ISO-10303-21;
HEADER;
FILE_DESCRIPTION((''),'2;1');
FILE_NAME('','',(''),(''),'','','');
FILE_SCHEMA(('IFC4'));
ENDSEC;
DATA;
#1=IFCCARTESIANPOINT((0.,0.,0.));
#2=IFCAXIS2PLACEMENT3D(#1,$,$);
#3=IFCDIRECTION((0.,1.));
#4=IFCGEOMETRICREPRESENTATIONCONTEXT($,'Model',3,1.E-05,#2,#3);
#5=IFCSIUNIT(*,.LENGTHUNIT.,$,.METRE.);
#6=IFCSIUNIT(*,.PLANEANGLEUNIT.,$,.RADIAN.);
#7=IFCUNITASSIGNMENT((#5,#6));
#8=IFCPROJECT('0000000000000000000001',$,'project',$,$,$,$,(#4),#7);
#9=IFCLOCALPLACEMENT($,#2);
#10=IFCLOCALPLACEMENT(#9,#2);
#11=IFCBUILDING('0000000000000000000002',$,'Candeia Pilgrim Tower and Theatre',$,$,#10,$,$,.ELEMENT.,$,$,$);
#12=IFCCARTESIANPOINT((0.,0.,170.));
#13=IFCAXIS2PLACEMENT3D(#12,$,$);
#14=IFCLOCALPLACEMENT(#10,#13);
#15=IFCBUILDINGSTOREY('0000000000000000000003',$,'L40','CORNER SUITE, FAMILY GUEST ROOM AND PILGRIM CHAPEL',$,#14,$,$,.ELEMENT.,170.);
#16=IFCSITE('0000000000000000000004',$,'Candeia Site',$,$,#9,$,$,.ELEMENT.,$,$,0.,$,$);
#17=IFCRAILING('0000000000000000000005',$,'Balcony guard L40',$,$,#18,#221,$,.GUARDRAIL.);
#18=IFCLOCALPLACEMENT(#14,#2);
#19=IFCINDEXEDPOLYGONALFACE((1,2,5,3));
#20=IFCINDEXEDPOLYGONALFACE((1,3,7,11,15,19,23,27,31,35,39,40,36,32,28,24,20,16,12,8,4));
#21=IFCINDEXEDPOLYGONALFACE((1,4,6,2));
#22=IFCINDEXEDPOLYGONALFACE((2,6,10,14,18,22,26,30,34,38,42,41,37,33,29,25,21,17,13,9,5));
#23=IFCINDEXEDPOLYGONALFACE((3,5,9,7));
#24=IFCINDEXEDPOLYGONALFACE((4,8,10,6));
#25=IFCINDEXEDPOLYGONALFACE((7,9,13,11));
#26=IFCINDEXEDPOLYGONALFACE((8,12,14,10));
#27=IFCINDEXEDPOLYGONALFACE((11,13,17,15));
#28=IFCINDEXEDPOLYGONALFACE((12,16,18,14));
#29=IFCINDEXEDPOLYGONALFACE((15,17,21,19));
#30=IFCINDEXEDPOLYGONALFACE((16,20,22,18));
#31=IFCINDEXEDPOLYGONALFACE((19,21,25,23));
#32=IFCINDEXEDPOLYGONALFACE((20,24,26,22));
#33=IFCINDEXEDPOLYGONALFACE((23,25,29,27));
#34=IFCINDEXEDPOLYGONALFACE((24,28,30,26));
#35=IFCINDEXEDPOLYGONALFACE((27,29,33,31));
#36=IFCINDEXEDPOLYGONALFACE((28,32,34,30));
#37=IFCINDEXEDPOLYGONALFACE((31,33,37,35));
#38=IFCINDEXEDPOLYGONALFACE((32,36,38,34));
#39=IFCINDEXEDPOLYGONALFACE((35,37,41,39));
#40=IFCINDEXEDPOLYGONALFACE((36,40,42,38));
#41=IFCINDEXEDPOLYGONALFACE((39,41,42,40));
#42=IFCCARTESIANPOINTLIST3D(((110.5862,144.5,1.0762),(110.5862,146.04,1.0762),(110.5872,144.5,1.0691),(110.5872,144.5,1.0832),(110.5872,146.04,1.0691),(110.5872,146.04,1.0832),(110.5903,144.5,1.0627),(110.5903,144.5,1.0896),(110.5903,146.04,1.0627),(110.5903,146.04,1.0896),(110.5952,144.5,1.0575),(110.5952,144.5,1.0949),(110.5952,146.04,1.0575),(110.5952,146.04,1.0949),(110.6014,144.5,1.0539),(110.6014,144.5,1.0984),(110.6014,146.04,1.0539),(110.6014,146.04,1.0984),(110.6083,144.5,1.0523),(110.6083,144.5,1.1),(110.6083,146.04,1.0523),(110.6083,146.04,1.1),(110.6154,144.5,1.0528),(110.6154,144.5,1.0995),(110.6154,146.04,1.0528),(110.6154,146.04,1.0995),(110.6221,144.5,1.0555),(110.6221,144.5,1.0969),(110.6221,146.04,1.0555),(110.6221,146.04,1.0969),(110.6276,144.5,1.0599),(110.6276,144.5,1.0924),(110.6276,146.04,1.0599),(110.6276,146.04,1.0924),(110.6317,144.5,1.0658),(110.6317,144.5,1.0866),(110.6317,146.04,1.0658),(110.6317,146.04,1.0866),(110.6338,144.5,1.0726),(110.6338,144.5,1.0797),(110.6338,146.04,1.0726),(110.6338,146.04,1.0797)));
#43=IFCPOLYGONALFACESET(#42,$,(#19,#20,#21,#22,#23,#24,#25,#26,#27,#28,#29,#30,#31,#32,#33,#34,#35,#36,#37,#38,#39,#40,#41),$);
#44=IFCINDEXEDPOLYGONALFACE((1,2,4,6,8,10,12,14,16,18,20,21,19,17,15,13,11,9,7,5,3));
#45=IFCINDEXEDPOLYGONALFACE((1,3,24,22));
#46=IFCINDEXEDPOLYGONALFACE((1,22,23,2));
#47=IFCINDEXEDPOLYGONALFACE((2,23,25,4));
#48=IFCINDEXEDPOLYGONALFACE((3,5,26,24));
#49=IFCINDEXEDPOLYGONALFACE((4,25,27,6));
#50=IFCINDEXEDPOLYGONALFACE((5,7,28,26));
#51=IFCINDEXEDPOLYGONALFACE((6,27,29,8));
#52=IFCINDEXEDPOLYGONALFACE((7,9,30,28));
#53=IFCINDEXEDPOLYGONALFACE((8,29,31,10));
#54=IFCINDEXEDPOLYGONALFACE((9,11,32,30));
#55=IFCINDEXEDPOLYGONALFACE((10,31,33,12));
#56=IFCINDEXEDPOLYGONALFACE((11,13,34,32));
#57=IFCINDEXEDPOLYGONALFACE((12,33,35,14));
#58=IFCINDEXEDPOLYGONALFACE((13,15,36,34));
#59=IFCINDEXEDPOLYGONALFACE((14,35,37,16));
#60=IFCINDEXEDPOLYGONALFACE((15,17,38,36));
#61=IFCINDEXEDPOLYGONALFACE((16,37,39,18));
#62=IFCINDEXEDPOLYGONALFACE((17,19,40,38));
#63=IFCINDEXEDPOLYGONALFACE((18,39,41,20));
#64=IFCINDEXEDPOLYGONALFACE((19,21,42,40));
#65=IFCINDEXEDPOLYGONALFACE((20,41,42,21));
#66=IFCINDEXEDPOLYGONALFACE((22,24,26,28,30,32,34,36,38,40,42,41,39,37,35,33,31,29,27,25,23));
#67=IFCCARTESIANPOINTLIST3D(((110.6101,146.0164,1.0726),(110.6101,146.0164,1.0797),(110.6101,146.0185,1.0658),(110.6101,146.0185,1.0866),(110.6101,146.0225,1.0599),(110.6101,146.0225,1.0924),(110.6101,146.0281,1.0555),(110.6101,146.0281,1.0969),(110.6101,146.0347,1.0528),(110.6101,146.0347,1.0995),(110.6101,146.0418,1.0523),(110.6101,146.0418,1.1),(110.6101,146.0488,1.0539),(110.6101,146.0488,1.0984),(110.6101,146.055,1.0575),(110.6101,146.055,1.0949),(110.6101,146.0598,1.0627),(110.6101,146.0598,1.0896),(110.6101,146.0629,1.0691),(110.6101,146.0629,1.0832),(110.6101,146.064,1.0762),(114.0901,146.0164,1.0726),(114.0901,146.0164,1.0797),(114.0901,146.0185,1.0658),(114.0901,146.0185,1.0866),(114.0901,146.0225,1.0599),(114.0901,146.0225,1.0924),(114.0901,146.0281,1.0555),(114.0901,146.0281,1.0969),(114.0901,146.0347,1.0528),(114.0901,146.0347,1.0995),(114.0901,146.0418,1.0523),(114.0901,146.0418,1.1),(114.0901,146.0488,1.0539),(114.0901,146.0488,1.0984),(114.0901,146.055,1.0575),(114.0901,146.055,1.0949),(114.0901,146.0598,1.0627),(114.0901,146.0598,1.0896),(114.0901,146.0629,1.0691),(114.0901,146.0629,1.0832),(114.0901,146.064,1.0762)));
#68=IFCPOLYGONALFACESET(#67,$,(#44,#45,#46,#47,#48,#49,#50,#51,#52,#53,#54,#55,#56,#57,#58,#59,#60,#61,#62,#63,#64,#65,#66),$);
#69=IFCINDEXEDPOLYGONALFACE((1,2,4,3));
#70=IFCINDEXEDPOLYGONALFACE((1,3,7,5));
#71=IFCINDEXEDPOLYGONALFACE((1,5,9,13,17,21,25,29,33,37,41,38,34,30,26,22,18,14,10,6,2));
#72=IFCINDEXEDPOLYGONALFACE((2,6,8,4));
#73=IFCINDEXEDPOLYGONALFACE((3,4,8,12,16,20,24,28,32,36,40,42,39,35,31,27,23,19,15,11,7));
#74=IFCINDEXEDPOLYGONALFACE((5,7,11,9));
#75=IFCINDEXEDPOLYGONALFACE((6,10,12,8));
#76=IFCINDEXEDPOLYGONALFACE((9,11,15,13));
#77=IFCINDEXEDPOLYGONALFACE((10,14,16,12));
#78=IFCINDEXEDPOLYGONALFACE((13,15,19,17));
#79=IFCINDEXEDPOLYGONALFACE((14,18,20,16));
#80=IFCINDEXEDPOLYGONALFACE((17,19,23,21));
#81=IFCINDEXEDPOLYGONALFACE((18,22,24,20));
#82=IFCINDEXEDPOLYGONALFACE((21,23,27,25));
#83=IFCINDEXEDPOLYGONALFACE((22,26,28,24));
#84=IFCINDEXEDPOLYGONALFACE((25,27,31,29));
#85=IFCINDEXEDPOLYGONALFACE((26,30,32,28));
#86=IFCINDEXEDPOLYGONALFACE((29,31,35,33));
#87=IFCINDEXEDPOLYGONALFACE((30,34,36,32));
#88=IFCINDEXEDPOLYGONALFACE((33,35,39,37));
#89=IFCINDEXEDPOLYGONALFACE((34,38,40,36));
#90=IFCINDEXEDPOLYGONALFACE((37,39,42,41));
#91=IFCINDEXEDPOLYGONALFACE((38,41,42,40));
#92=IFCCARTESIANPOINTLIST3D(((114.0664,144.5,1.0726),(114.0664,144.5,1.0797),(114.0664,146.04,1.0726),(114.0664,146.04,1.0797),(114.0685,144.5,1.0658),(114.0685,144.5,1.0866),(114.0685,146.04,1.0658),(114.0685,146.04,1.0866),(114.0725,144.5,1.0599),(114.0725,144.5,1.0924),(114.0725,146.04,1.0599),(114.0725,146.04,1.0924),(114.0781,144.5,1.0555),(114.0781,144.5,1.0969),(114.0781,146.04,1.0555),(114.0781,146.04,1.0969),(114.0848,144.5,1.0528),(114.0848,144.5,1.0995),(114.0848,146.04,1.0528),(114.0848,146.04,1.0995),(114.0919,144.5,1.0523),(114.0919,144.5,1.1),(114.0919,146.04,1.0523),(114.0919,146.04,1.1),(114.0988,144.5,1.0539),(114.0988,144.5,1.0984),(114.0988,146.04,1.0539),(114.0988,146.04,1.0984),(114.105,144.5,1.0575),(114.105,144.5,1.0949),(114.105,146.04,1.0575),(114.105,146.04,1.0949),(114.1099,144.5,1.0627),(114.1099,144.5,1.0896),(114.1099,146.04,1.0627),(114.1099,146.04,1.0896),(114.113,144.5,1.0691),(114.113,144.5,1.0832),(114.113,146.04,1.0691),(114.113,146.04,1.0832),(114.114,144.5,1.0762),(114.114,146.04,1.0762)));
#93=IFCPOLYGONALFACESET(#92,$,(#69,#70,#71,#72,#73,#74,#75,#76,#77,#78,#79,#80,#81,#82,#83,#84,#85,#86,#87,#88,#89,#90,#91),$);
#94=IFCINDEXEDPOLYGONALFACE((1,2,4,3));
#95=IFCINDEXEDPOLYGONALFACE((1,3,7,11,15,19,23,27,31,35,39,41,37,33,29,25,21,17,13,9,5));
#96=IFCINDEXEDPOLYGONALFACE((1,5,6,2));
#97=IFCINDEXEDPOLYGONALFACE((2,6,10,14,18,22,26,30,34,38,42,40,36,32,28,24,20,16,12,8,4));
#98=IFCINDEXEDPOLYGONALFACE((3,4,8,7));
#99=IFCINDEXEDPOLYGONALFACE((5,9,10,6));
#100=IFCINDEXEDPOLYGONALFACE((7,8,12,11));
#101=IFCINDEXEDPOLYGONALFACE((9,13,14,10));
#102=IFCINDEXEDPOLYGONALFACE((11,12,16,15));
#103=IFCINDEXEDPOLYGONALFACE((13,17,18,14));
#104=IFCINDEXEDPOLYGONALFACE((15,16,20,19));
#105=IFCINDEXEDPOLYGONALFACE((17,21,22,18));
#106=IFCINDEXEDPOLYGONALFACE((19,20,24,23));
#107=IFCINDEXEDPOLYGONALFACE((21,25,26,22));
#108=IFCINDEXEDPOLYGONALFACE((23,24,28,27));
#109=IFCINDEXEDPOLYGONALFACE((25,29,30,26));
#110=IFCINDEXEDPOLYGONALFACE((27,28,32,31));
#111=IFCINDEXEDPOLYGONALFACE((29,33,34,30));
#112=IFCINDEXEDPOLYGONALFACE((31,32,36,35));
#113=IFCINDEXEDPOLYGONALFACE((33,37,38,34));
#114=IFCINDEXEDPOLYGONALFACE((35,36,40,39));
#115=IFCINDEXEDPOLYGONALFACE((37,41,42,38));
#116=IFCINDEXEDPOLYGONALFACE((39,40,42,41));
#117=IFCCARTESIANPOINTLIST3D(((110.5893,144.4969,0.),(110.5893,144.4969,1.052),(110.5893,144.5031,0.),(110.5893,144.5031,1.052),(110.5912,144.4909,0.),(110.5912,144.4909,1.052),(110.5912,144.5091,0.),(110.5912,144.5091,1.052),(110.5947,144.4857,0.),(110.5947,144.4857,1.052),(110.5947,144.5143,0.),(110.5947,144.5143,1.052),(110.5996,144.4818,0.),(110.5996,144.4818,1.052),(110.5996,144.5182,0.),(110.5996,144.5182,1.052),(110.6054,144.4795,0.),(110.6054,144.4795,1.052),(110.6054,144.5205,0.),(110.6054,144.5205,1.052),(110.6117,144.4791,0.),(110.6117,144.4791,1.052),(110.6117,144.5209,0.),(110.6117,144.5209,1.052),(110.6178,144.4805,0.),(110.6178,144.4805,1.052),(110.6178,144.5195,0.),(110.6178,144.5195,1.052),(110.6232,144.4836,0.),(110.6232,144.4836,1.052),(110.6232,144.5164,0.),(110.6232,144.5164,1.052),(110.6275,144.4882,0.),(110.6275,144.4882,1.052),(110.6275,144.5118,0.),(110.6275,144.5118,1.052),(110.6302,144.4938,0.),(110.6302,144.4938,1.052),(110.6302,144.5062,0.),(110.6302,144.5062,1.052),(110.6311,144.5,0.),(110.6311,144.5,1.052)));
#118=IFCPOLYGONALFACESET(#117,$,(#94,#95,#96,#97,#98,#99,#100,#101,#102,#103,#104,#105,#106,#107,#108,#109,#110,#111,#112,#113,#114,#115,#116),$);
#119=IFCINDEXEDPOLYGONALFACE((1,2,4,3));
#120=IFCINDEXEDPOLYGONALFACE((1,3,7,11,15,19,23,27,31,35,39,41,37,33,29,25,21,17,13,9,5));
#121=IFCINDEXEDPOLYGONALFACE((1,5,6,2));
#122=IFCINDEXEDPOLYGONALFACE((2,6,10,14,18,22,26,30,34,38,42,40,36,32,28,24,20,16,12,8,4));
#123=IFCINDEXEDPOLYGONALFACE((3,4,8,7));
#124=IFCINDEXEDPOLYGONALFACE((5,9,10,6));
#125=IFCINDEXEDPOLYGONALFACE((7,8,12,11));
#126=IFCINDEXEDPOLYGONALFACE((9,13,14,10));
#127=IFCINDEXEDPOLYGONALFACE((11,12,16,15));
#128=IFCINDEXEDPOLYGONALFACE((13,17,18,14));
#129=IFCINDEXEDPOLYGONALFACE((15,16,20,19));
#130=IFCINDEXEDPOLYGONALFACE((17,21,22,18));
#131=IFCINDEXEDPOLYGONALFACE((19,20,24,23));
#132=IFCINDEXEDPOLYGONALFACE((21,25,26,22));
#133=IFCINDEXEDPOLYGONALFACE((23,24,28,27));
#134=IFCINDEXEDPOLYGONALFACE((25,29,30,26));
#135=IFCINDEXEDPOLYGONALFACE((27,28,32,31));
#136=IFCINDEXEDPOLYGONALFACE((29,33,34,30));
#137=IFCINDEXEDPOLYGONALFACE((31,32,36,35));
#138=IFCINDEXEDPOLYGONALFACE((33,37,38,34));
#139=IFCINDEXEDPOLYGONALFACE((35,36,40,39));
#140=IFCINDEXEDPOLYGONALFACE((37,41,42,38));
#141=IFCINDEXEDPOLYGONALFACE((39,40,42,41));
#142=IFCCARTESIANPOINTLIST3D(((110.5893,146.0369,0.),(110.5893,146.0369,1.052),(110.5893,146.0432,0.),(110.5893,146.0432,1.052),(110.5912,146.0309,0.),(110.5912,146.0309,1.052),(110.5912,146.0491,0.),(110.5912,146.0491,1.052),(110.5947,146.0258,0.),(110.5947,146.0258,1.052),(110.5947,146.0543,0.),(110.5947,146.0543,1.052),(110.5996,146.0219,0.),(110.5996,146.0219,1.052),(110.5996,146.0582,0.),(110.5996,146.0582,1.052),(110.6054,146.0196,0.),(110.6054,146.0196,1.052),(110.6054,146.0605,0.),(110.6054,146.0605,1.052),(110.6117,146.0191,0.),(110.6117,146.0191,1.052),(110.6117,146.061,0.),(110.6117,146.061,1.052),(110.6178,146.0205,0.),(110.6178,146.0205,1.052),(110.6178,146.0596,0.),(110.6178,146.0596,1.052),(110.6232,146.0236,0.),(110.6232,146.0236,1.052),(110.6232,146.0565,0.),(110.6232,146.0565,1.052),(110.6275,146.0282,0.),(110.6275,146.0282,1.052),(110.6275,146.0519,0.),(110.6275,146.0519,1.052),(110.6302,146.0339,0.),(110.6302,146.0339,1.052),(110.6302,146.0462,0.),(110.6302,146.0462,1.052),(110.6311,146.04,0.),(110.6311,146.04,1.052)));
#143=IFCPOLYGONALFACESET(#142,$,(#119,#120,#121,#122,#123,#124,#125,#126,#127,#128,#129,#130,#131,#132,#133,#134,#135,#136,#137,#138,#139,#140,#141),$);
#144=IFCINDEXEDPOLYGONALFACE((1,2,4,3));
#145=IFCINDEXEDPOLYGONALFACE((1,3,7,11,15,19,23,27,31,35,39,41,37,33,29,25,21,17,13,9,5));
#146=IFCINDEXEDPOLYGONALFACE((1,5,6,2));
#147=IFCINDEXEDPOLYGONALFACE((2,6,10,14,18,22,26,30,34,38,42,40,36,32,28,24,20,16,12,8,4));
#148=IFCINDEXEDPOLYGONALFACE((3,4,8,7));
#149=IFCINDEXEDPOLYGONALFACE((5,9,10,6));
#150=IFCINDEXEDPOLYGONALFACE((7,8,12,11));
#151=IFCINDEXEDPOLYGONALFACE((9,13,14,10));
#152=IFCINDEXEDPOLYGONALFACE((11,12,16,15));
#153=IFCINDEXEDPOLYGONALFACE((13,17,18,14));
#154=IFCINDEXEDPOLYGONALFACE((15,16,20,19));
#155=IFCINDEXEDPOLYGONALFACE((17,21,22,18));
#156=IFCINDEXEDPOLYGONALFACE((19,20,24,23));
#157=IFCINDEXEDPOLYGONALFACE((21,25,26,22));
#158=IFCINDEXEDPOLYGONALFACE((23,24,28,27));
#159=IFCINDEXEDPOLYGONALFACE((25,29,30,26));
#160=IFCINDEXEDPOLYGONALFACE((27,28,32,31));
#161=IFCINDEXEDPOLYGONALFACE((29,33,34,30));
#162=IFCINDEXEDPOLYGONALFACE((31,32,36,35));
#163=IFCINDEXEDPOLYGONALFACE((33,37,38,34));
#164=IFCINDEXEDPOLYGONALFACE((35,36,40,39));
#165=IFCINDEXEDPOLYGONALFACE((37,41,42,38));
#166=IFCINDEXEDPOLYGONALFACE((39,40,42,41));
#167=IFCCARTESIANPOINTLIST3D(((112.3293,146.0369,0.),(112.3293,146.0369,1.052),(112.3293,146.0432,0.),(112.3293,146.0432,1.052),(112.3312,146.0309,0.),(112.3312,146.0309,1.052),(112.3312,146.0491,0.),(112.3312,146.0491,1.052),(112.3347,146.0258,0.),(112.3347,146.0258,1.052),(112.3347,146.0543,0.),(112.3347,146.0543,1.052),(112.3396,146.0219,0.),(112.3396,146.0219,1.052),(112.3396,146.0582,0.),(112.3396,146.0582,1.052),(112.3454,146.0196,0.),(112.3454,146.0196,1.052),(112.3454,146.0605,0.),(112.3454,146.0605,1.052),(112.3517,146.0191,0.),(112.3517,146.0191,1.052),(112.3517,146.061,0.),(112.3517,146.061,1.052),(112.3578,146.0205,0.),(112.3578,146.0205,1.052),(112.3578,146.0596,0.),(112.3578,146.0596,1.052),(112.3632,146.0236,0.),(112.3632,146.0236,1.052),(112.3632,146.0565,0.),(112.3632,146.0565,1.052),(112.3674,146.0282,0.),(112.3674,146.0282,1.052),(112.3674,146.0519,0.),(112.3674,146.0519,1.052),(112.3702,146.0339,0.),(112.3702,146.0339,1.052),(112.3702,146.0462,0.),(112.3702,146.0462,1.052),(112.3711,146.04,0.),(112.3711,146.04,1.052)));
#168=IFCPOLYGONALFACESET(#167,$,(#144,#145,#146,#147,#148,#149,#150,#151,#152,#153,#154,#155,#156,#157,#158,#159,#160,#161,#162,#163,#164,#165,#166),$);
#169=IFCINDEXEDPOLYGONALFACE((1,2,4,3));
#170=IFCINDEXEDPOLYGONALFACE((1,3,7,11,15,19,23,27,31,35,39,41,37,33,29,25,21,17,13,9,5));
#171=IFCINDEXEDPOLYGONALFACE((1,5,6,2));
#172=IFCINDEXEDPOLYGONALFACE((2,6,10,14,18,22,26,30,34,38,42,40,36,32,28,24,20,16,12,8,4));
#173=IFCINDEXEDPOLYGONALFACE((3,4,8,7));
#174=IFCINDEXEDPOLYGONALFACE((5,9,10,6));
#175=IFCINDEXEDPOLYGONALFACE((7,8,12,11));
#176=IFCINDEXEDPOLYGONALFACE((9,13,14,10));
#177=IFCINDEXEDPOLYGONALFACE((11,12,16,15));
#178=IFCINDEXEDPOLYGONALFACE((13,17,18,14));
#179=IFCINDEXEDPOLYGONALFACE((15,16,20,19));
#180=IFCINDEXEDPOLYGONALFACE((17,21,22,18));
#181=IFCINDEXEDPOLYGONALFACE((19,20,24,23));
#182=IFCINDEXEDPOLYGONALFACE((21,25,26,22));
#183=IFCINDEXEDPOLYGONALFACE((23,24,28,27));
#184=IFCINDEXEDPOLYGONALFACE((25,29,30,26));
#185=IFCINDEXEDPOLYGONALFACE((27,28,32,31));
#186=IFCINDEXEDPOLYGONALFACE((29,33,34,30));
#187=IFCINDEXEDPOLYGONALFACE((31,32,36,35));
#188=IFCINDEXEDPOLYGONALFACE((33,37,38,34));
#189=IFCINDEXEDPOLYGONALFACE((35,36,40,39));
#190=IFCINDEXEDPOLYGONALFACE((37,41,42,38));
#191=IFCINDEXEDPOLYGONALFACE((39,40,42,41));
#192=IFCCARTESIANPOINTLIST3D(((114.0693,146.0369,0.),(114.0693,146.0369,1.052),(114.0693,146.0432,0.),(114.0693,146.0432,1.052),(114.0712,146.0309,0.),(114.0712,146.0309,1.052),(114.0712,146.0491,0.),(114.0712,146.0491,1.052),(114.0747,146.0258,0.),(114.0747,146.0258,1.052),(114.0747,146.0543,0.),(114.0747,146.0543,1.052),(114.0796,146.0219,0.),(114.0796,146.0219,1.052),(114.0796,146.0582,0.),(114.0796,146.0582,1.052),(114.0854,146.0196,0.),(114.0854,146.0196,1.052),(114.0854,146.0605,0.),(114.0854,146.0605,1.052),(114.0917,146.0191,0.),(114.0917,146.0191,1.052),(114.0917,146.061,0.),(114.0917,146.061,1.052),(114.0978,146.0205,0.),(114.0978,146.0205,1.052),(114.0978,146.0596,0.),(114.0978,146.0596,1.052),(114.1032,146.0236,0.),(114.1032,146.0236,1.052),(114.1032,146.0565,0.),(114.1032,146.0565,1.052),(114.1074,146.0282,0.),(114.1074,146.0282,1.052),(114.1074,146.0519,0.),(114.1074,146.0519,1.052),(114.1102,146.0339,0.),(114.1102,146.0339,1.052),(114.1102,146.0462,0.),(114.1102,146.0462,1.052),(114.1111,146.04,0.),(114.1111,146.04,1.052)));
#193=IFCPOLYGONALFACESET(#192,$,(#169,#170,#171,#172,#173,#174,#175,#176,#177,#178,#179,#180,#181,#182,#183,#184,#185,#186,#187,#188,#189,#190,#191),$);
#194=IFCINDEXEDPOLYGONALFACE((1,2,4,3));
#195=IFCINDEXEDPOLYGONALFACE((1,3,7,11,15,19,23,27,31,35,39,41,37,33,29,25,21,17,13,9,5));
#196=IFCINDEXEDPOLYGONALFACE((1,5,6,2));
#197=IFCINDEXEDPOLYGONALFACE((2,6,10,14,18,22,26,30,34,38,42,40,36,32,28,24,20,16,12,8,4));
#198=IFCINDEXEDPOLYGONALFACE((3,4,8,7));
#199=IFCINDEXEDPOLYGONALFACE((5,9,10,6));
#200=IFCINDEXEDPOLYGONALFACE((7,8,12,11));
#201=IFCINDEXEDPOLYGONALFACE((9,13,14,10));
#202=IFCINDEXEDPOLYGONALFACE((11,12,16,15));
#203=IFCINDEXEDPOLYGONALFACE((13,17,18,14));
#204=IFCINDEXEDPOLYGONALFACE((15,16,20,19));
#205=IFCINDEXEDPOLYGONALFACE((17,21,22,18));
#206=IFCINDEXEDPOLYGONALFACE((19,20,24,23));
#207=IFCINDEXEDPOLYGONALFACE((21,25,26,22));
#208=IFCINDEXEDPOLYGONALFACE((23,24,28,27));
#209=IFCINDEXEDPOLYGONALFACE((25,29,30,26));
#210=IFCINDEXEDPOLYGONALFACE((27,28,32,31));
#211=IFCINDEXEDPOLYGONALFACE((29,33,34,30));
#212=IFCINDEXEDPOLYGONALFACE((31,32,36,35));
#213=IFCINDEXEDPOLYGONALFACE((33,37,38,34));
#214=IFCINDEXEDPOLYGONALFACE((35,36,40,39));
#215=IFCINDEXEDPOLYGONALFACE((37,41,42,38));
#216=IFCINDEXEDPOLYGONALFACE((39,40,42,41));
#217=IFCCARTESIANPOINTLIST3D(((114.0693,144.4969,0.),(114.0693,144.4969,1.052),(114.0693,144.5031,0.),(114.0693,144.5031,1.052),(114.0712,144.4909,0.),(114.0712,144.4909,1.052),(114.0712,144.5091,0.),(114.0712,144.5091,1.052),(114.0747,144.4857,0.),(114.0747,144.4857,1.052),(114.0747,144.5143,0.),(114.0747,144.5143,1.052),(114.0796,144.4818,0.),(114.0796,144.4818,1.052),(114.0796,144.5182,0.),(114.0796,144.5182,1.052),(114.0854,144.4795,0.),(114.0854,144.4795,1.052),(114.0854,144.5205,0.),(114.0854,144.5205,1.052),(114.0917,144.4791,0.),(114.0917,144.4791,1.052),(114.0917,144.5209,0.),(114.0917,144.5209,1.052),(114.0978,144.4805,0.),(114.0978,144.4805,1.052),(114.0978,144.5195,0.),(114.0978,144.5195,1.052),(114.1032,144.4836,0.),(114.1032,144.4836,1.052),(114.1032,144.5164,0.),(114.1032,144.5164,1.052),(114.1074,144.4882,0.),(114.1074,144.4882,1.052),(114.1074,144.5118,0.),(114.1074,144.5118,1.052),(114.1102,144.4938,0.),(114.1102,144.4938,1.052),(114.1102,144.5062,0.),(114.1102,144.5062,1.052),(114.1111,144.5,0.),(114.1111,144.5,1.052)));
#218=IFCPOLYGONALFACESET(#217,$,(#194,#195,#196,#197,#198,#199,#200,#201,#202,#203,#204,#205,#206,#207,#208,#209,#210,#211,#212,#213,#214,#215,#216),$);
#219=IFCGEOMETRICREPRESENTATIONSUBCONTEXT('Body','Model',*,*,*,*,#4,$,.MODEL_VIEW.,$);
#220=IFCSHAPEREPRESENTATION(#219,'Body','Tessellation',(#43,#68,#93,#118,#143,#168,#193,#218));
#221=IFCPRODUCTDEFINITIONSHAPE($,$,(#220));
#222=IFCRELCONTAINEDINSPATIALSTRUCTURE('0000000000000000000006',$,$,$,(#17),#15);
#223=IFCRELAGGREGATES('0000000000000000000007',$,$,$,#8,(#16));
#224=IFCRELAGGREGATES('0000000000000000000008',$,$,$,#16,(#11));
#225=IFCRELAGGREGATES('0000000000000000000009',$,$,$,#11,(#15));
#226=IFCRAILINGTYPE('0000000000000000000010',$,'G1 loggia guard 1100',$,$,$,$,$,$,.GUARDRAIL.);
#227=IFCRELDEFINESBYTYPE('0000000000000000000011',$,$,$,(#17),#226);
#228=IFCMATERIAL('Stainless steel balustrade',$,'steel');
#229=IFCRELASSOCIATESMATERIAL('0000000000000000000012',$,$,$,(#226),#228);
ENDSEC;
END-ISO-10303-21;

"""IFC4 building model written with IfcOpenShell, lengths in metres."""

from ifc_helpers import new_model, si_unit, direction, frame, origin, origin_2d, place, context, subcontext, project, spatial, circle, extrude, material, type_object, element, save


model = new_model("IFC4")

# Units and contexts
model_context = context("Model", 3, precision=1e-05, world=origin(), true_north=direction((0.0, 1.0)))
body_context = subcontext(model_context, "Body", "Model", "MODEL_VIEW")
ifc_project = project(units=[si_unit("LENGTHUNIT", "METRE"), si_unit("PLANEANGLEUNIT", "RADIAN")], contexts=[model_context])

# Site, building, storey
site_placement = place(None, origin())
site = spatial("IfcSite", under=ifc_project, at=site_placement, Name="Candeia Site", CompositionType="ELEMENT", RefElevation=0.0)
building_placement = place(site_placement, origin())
building = spatial("IfcBuilding", under=site, at=building_placement, Name="Candeia Pilgrim Tower and Theatre", CompositionType="ELEMENT")
storey_placement = place(building_placement, frame((0.0, 0.0, 170.0)))
storey = spatial("IfcBuildingStorey", under=building, at=storey_placement, Name="L40", Description="CORNER SUITE, FAMILY GUEST ROOM AND PILGRIM CHAPEL", CompositionType="ELEMENT", Elevation=170.0)

# Railing
ifc_material_1 = material(Name="Stainless steel balustrade", Category="steel")
railing_type = type_object("IfcRailingType", Name="G1 loggia guard 1100", PredefinedType="GUARDRAIL", material=ifc_material_1)
railing_1_placement = place(storey_placement, frame((110.6101, 144.5, 0.0)))
element("IfcRailing", 1, at=railing_1_placement, inside=storey, type_object=railing_type, Name="Balcony guard L40", PredefinedType="GUARDRAIL", context=body_context, shape_type="SweptSolid", body=[
    extrude(circle(Radius=0.0239, at=origin_2d()), frame((0.0, 0.0, 1.0762), z_axis=(0.0, 1.0, 0.0), x_axis=(-1.0, 0.0, 0.0)), (0.0, 0.0, 1.0), 1.54),
    extrude(circle(Radius=0.0239, at=origin_2d()), frame((0.0, 1.54, 1.0762), z_axis=(1.0, 0.0, 0.0), x_axis=(0.0, 1.0, 0.0)), (0.0, 0.0, 1.0), 3.48),
    extrude(circle(Radius=0.0239, at=origin_2d()), frame((3.48, 1.54, 1.0762), z_axis=(0.0, -1.0, 0.0), x_axis=(1.0, 0.0, 0.0)), (0.0, 0.0, 1.0), 1.54),
    extrude(circle(Radius=0.021, at=origin_2d()), origin(), (0.0, 0.0, 1.0), 1.052),
    extrude(circle(Radius=0.021, at=origin_2d()), frame((0.0, 1.54, 0.0)), (0.0, 0.0, 1.0), 1.052),
    extrude(circle(Radius=0.021, at=origin_2d()), frame((1.74, 1.54, 0.0)), (0.0, 0.0, 1.0), 1.052),
    extrude(circle(Radius=0.021, at=origin_2d()), frame((3.48, 1.54, 0.0)), (0.0, 0.0, 1.0), 1.052),
    extrude(circle(Radius=0.021, at=origin_2d()), frame((3.48, 0.0, 0.0)), (0.0, 0.0, 1.0), 1.052),
])

save(model, "model.ifc")
